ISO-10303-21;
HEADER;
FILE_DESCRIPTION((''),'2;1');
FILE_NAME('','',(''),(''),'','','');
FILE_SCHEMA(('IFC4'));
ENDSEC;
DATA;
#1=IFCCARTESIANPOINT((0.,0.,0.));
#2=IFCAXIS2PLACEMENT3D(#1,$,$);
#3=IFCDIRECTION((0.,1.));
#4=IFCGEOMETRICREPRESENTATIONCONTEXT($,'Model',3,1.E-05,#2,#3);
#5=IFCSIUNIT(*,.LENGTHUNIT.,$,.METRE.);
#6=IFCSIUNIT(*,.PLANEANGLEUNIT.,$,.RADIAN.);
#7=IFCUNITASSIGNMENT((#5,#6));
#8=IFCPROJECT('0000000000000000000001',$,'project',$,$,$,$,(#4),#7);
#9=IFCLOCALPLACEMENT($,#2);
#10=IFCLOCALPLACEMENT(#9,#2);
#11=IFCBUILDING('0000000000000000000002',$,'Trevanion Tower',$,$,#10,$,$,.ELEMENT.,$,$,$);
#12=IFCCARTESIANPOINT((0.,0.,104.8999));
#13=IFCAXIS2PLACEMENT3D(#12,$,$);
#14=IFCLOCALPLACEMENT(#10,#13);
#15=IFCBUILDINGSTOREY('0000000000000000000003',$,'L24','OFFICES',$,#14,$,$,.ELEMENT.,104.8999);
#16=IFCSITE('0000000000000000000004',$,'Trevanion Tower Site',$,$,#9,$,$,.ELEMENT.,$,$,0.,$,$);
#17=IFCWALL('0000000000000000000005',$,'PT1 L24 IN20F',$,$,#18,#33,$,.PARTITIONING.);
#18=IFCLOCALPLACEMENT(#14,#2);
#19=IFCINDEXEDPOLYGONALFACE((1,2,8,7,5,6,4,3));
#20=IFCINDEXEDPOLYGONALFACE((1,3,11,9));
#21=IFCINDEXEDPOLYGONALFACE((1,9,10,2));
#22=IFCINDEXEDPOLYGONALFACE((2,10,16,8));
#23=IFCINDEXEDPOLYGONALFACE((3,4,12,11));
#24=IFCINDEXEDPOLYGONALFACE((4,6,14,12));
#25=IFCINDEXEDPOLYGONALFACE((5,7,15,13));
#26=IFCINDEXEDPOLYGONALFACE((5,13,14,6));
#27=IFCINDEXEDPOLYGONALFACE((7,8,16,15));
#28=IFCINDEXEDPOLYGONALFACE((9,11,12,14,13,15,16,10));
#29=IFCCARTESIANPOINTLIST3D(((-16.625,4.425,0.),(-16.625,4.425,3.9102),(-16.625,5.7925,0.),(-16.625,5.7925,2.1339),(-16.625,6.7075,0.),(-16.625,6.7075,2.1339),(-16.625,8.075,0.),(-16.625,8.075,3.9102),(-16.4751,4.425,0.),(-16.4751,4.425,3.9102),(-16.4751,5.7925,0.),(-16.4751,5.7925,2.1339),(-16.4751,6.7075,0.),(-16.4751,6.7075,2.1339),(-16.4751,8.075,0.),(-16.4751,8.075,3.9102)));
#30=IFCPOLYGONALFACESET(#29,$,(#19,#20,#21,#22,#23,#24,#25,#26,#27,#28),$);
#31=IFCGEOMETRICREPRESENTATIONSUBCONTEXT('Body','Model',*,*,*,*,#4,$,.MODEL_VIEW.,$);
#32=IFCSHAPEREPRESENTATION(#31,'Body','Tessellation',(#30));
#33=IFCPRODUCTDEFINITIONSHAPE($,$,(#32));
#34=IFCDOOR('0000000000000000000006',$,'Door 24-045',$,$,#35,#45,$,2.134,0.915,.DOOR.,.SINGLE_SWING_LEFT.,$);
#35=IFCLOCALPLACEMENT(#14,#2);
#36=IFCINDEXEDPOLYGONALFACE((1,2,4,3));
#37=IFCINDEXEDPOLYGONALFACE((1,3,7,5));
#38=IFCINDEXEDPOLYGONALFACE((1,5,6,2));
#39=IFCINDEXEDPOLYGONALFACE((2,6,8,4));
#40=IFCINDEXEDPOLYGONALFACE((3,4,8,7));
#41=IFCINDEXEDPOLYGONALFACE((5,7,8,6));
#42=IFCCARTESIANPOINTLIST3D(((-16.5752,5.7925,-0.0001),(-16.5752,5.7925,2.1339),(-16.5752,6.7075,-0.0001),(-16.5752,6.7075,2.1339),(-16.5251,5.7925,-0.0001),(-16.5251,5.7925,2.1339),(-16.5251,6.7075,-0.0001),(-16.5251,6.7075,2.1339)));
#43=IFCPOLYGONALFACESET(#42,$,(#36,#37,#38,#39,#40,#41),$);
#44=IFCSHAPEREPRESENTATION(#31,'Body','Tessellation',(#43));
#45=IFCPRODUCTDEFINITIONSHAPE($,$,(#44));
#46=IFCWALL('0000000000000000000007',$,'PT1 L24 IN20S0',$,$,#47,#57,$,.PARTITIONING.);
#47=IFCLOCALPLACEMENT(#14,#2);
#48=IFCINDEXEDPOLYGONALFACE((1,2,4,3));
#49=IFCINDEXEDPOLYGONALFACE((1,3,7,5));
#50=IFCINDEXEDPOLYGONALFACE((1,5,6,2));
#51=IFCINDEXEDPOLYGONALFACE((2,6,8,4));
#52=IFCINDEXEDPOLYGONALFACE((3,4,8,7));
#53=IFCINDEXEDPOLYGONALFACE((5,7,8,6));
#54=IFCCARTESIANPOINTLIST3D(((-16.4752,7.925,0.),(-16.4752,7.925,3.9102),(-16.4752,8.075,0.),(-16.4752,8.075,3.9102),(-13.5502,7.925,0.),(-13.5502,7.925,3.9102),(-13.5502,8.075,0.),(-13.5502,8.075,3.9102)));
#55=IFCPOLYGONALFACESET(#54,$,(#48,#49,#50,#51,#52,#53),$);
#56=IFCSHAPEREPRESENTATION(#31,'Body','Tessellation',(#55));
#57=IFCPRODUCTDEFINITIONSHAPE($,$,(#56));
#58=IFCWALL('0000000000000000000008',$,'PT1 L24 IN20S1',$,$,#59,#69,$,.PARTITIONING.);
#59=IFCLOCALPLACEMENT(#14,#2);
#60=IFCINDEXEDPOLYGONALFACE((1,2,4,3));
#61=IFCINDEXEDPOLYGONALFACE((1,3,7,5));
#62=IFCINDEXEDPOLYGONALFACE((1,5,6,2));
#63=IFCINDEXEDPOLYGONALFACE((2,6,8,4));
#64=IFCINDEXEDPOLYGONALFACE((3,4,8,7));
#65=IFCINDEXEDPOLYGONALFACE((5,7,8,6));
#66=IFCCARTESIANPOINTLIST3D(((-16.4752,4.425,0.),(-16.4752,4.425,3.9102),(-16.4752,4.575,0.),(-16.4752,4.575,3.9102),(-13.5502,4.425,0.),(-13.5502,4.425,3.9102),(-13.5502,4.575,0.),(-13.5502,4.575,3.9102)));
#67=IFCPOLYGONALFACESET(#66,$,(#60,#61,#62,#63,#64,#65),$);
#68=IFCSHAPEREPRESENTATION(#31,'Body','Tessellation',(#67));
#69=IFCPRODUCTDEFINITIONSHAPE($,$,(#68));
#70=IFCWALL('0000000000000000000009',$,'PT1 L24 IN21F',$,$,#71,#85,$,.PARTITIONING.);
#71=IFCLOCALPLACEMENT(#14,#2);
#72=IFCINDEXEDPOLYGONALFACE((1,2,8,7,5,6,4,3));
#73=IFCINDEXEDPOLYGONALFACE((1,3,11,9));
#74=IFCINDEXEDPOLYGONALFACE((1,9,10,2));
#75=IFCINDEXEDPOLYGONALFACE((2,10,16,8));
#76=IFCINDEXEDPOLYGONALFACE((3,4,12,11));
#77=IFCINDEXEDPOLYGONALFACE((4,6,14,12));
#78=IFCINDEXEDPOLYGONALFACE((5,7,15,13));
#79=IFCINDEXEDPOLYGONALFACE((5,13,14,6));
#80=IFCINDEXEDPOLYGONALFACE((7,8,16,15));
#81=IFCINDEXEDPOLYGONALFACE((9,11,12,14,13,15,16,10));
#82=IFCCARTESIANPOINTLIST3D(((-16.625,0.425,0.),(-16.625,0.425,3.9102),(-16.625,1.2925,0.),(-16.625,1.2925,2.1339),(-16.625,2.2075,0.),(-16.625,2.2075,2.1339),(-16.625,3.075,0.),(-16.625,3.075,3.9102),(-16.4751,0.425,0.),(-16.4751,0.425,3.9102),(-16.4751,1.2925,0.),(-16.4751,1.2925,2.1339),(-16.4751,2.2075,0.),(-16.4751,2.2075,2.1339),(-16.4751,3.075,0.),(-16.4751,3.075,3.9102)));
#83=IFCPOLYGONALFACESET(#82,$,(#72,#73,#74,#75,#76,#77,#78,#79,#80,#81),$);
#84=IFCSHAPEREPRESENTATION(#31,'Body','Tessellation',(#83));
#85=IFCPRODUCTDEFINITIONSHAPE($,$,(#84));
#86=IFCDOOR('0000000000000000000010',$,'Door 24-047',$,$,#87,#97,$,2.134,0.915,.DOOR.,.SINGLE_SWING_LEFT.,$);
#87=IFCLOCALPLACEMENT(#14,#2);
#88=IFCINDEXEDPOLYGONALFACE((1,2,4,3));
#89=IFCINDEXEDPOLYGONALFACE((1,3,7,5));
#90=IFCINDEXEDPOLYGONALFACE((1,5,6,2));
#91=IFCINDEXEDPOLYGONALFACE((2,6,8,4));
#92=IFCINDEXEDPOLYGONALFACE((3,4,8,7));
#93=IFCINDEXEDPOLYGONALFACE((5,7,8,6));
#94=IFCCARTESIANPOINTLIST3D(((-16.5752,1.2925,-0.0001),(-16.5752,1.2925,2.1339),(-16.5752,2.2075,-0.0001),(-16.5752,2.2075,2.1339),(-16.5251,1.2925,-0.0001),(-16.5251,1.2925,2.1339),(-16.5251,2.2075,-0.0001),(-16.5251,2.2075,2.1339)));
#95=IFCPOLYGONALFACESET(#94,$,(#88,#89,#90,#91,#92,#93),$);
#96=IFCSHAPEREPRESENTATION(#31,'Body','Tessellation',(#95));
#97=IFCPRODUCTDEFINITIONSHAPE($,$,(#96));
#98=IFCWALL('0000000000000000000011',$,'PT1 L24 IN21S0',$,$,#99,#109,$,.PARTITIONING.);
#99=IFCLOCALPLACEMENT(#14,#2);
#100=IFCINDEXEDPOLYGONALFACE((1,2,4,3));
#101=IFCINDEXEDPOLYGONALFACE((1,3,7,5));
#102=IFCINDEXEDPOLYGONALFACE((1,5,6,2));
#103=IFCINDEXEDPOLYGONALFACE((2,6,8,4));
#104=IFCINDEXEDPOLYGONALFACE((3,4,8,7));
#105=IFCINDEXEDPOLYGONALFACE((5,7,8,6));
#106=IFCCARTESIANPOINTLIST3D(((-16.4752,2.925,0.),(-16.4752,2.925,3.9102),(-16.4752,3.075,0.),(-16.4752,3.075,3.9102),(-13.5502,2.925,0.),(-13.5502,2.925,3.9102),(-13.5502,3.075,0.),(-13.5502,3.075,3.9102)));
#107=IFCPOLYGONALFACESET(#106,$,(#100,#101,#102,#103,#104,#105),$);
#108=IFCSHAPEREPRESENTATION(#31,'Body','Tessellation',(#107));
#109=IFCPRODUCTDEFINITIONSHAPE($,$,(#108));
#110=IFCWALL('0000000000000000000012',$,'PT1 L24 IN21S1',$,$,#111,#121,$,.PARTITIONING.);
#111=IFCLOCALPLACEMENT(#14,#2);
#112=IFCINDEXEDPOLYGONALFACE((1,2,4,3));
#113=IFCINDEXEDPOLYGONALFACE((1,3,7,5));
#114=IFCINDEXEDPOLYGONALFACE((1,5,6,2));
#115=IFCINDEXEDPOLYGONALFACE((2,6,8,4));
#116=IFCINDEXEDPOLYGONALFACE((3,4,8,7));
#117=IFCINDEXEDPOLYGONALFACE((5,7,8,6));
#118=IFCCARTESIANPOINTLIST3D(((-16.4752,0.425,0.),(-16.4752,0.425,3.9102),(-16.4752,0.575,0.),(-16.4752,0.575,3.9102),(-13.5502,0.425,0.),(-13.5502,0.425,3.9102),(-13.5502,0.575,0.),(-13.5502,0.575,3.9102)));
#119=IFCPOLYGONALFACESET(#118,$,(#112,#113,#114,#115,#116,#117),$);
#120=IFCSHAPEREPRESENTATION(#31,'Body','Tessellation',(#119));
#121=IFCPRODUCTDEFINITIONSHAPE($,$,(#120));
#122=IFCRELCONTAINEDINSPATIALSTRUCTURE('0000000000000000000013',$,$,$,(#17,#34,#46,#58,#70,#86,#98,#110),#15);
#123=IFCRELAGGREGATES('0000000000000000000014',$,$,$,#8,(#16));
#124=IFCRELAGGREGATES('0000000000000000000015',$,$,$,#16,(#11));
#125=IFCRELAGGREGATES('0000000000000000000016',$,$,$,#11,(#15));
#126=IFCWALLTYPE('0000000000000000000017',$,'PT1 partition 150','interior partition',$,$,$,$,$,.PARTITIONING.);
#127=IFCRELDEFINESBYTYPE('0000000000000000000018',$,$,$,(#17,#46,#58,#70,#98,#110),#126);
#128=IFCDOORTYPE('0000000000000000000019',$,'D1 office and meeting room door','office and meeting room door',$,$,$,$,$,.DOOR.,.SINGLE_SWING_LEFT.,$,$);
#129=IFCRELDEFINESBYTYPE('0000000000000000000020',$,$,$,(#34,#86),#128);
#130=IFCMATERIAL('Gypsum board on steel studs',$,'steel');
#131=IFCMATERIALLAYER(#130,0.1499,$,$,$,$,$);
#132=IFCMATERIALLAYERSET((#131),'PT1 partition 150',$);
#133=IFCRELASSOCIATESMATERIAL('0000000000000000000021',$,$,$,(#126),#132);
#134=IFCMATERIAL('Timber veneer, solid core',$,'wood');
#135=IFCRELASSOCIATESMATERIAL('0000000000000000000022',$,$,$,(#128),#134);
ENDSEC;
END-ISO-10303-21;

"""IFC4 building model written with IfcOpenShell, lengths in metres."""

from ifc_helpers import new_model, si_unit, direction, frame, frame_2d, origin, place, context, subcontext, project, spatial, rectangle, extrude, material, layer, layer_set, type_object, element, fill, save


model = new_model("IFC4")

# Units and contexts
model_context = context("Model", 3, precision=1e-05, world=origin(), true_north=direction((0.0, 1.0)))
body_context = subcontext(model_context, "Body", "Model", "MODEL_VIEW")
ifc_project = project(units=[si_unit("LENGTHUNIT", "METRE"), si_unit("PLANEANGLEUNIT", "RADIAN")], contexts=[model_context])

# Site, building, storey
site_placement = place(None, origin())
site = spatial("IfcSite", under=ifc_project, at=site_placement, Name="Trevanion Tower Site", CompositionType="ELEMENT", RefElevation=0.0)
building_placement = place(site_placement, origin())
building = spatial("IfcBuilding", under=site, at=building_placement, Name="Trevanion Tower", CompositionType="ELEMENT")
storey_placement = place(building_placement, frame((0.0, 0.0, 104.8999)))
storey = spatial("IfcBuildingStorey", under=building, at=storey_placement, Name="L24", Description="OFFICES", CompositionType="ELEMENT", Elevation=104.8999)

# Shared definitions
ifc_material_1 = material(Name="Gypsum board on steel studs", Category="steel")
ifc_layer_1 = layer(ifc_material_1, 0.1499)
ifc_layer_set_1 = layer_set([ifc_layer_1], Name="PT1 partition 150")
wall_type = type_object("IfcWallType", Name="PT1 partition 150", Description="interior partition", PredefinedType="PARTITIONING", material=ifc_layer_set_1)
ifc_material_2 = material(Name="Timber veneer, solid core", Category="wood")
door_type = type_object("IfcDoorType", Name="D1 office and meeting room door", Description="office and meeting room door", OperationType="SINGLE_SWING_LEFT", PredefinedType="DOOR", material=ifc_material_2)

# Wall, opening, door
wall_1_placement = place(storey_placement, frame((-16.55, 8.075, 0.0), z_axis=(0.0, 0.0, 1.0), x_axis=(0.0, -1.0, 0.0)))
wall_1 = element("IfcWall", 1, at=wall_1_placement, inside=storey, type_object=wall_type, Name="PT1 L24 IN20F", PredefinedType="PARTITIONING", context=body_context, shape_type="SweptSolid", body=[
    extrude(rectangle(XDim=3.6499, YDim=0.1499, at=frame_2d((1.825, 0.0))), origin(), (0.0, 0.0, 1.0), 3.9102),
])
opening_1_placement = place(wall_1_placement, frame((1.3674, 0.0, 0.0)))
opening_1 = element("IfcOpeningElement", 2, at=opening_1_placement, cuts=wall_1, PredefinedType="OPENING", context=body_context, shape_type="SweptSolid", body=[
    extrude(rectangle(XDim=0.915, YDim=2.134, at=frame_2d((0.4575, 1.0669))), frame((0.0, 0.085, 0.0), z_axis=(0.0, -1.0, 0.0), x_axis=(1.0, 0.0, 0.0)), (0.0, 0.0, 1.0), 0.1699),
])
door_1_placement = place(opening_1_placement, origin())
door_1 = element("IfcDoor", 3, at=door_1_placement, inside=storey, type_object=door_type, Name="Door 24-045", OperationType="SINGLE_SWING_LEFT", OverallHeight=2.134, OverallWidth=0.915, PredefinedType="DOOR", context=body_context, shape_type="SweptSolid", body=[
    extrude(rectangle(XDim=0.915, YDim=2.134, at=frame_2d((0.4575, 1.0669))), frame((0.0, 0.0249, 0.0), z_axis=(0.0, -1.0, 0.0), x_axis=(1.0, 0.0, 0.0)), (0.0, 0.0, 1.0), 0.05),
])
fill(opening_1, door_1)

# Walls
for number, where, z_axis, x_axis, name in (
    (4, (-16.4751, 8.0, 0.0), (0.0, 0.0, 1.0), (1.0, 0.0, 0.0), "PT1 L24 IN20S0"),
    (5, (-16.4751, 4.5, 0.0), (0.0, 0.0, 1.0), (1.0, 0.0, 0.0), "PT1 L24 IN20S1"),
):
    element("IfcWall", number, at=place(storey_placement, frame(where, z_axis=z_axis, x_axis=x_axis)), inside=storey, type_object=wall_type, Name=name, PredefinedType="PARTITIONING", context=body_context, shape_type="SweptSolid", body=[
        extrude(rectangle(XDim=2.925, YDim=0.1499, at=frame_2d((1.4624, 0.0))), origin(), (0.0, 0.0, 1.0), 3.9102),
    ])

# Wall, opening, door
wall_2_placement = place(storey_placement, frame((-16.55, 3.075, 0.0), z_axis=(0.0, 0.0, 1.0), x_axis=(0.0, -1.0, 0.0)))
wall_2 = element("IfcWall", 6, at=wall_2_placement, inside=storey, type_object=wall_type, Name="PT1 L24 IN21F", PredefinedType="PARTITIONING", context=body_context, shape_type="SweptSolid", body=[
    extrude(rectangle(XDim=2.6499, YDim=0.1499, at=frame_2d((1.325, 0.0))), origin(), (0.0, 0.0, 1.0), 3.9102),
])
opening_2_placement = place(wall_2_placement, frame((0.8674, 0.0, 0.0)))
opening_2 = element("IfcOpeningElement", 7, at=opening_2_placement, cuts=wall_2, PredefinedType="OPENING", context=body_context, shape_type="SweptSolid", body=[
    extrude(rectangle(XDim=0.915, YDim=2.134, at=frame_2d((0.4575, 1.0669))), frame((0.0, 0.085, 0.0), z_axis=(0.0, -1.0, 0.0), x_axis=(1.0, 0.0, 0.0)), (0.0, 0.0, 1.0), 0.1699),
])
door_2_placement = place(opening_2_placement, origin())
door_2 = element("IfcDoor", 8, at=door_2_placement, inside=storey, type_object=door_type, Name="Door 24-047", OperationType="SINGLE_SWING_LEFT", OverallHeight=2.134, OverallWidth=0.915, PredefinedType="DOOR", context=body_context, shape_type="SweptSolid", body=[
    extrude(rectangle(XDim=0.915, YDim=2.134, at=frame_2d((0.4575, 1.0669))), frame((0.0, 0.0249, 0.0), z_axis=(0.0, -1.0, 0.0), x_axis=(1.0, 0.0, 0.0)), (0.0, 0.0, 1.0), 0.05),
])
fill(opening_2, door_2)

# Walls
for number, where, z_axis, x_axis, name in (
    (9, (-16.4751, 3.0, 0.0), (0.0, 0.0, 1.0), (1.0, 0.0, 0.0), "PT1 L24 IN21S0"),
    (10, (-16.4751, 0.5, 0.0), (0.0, 0.0, 1.0), (1.0, 0.0, 0.0), "PT1 L24 IN21S1"),
):
    element("IfcWall", number, at=place(storey_placement, frame(where, z_axis=z_axis, x_axis=x_axis)), inside=storey, type_object=wall_type, Name=name, PredefinedType="PARTITIONING", context=body_context, shape_type="SweptSolid", body=[
        extrude(rectangle(XDim=2.925, YDim=0.1499, at=frame_2d((1.4624, 0.0))), origin(), (0.0, 0.0, 1.0), 3.9102),
    ])

save(model, "model.ifc")
